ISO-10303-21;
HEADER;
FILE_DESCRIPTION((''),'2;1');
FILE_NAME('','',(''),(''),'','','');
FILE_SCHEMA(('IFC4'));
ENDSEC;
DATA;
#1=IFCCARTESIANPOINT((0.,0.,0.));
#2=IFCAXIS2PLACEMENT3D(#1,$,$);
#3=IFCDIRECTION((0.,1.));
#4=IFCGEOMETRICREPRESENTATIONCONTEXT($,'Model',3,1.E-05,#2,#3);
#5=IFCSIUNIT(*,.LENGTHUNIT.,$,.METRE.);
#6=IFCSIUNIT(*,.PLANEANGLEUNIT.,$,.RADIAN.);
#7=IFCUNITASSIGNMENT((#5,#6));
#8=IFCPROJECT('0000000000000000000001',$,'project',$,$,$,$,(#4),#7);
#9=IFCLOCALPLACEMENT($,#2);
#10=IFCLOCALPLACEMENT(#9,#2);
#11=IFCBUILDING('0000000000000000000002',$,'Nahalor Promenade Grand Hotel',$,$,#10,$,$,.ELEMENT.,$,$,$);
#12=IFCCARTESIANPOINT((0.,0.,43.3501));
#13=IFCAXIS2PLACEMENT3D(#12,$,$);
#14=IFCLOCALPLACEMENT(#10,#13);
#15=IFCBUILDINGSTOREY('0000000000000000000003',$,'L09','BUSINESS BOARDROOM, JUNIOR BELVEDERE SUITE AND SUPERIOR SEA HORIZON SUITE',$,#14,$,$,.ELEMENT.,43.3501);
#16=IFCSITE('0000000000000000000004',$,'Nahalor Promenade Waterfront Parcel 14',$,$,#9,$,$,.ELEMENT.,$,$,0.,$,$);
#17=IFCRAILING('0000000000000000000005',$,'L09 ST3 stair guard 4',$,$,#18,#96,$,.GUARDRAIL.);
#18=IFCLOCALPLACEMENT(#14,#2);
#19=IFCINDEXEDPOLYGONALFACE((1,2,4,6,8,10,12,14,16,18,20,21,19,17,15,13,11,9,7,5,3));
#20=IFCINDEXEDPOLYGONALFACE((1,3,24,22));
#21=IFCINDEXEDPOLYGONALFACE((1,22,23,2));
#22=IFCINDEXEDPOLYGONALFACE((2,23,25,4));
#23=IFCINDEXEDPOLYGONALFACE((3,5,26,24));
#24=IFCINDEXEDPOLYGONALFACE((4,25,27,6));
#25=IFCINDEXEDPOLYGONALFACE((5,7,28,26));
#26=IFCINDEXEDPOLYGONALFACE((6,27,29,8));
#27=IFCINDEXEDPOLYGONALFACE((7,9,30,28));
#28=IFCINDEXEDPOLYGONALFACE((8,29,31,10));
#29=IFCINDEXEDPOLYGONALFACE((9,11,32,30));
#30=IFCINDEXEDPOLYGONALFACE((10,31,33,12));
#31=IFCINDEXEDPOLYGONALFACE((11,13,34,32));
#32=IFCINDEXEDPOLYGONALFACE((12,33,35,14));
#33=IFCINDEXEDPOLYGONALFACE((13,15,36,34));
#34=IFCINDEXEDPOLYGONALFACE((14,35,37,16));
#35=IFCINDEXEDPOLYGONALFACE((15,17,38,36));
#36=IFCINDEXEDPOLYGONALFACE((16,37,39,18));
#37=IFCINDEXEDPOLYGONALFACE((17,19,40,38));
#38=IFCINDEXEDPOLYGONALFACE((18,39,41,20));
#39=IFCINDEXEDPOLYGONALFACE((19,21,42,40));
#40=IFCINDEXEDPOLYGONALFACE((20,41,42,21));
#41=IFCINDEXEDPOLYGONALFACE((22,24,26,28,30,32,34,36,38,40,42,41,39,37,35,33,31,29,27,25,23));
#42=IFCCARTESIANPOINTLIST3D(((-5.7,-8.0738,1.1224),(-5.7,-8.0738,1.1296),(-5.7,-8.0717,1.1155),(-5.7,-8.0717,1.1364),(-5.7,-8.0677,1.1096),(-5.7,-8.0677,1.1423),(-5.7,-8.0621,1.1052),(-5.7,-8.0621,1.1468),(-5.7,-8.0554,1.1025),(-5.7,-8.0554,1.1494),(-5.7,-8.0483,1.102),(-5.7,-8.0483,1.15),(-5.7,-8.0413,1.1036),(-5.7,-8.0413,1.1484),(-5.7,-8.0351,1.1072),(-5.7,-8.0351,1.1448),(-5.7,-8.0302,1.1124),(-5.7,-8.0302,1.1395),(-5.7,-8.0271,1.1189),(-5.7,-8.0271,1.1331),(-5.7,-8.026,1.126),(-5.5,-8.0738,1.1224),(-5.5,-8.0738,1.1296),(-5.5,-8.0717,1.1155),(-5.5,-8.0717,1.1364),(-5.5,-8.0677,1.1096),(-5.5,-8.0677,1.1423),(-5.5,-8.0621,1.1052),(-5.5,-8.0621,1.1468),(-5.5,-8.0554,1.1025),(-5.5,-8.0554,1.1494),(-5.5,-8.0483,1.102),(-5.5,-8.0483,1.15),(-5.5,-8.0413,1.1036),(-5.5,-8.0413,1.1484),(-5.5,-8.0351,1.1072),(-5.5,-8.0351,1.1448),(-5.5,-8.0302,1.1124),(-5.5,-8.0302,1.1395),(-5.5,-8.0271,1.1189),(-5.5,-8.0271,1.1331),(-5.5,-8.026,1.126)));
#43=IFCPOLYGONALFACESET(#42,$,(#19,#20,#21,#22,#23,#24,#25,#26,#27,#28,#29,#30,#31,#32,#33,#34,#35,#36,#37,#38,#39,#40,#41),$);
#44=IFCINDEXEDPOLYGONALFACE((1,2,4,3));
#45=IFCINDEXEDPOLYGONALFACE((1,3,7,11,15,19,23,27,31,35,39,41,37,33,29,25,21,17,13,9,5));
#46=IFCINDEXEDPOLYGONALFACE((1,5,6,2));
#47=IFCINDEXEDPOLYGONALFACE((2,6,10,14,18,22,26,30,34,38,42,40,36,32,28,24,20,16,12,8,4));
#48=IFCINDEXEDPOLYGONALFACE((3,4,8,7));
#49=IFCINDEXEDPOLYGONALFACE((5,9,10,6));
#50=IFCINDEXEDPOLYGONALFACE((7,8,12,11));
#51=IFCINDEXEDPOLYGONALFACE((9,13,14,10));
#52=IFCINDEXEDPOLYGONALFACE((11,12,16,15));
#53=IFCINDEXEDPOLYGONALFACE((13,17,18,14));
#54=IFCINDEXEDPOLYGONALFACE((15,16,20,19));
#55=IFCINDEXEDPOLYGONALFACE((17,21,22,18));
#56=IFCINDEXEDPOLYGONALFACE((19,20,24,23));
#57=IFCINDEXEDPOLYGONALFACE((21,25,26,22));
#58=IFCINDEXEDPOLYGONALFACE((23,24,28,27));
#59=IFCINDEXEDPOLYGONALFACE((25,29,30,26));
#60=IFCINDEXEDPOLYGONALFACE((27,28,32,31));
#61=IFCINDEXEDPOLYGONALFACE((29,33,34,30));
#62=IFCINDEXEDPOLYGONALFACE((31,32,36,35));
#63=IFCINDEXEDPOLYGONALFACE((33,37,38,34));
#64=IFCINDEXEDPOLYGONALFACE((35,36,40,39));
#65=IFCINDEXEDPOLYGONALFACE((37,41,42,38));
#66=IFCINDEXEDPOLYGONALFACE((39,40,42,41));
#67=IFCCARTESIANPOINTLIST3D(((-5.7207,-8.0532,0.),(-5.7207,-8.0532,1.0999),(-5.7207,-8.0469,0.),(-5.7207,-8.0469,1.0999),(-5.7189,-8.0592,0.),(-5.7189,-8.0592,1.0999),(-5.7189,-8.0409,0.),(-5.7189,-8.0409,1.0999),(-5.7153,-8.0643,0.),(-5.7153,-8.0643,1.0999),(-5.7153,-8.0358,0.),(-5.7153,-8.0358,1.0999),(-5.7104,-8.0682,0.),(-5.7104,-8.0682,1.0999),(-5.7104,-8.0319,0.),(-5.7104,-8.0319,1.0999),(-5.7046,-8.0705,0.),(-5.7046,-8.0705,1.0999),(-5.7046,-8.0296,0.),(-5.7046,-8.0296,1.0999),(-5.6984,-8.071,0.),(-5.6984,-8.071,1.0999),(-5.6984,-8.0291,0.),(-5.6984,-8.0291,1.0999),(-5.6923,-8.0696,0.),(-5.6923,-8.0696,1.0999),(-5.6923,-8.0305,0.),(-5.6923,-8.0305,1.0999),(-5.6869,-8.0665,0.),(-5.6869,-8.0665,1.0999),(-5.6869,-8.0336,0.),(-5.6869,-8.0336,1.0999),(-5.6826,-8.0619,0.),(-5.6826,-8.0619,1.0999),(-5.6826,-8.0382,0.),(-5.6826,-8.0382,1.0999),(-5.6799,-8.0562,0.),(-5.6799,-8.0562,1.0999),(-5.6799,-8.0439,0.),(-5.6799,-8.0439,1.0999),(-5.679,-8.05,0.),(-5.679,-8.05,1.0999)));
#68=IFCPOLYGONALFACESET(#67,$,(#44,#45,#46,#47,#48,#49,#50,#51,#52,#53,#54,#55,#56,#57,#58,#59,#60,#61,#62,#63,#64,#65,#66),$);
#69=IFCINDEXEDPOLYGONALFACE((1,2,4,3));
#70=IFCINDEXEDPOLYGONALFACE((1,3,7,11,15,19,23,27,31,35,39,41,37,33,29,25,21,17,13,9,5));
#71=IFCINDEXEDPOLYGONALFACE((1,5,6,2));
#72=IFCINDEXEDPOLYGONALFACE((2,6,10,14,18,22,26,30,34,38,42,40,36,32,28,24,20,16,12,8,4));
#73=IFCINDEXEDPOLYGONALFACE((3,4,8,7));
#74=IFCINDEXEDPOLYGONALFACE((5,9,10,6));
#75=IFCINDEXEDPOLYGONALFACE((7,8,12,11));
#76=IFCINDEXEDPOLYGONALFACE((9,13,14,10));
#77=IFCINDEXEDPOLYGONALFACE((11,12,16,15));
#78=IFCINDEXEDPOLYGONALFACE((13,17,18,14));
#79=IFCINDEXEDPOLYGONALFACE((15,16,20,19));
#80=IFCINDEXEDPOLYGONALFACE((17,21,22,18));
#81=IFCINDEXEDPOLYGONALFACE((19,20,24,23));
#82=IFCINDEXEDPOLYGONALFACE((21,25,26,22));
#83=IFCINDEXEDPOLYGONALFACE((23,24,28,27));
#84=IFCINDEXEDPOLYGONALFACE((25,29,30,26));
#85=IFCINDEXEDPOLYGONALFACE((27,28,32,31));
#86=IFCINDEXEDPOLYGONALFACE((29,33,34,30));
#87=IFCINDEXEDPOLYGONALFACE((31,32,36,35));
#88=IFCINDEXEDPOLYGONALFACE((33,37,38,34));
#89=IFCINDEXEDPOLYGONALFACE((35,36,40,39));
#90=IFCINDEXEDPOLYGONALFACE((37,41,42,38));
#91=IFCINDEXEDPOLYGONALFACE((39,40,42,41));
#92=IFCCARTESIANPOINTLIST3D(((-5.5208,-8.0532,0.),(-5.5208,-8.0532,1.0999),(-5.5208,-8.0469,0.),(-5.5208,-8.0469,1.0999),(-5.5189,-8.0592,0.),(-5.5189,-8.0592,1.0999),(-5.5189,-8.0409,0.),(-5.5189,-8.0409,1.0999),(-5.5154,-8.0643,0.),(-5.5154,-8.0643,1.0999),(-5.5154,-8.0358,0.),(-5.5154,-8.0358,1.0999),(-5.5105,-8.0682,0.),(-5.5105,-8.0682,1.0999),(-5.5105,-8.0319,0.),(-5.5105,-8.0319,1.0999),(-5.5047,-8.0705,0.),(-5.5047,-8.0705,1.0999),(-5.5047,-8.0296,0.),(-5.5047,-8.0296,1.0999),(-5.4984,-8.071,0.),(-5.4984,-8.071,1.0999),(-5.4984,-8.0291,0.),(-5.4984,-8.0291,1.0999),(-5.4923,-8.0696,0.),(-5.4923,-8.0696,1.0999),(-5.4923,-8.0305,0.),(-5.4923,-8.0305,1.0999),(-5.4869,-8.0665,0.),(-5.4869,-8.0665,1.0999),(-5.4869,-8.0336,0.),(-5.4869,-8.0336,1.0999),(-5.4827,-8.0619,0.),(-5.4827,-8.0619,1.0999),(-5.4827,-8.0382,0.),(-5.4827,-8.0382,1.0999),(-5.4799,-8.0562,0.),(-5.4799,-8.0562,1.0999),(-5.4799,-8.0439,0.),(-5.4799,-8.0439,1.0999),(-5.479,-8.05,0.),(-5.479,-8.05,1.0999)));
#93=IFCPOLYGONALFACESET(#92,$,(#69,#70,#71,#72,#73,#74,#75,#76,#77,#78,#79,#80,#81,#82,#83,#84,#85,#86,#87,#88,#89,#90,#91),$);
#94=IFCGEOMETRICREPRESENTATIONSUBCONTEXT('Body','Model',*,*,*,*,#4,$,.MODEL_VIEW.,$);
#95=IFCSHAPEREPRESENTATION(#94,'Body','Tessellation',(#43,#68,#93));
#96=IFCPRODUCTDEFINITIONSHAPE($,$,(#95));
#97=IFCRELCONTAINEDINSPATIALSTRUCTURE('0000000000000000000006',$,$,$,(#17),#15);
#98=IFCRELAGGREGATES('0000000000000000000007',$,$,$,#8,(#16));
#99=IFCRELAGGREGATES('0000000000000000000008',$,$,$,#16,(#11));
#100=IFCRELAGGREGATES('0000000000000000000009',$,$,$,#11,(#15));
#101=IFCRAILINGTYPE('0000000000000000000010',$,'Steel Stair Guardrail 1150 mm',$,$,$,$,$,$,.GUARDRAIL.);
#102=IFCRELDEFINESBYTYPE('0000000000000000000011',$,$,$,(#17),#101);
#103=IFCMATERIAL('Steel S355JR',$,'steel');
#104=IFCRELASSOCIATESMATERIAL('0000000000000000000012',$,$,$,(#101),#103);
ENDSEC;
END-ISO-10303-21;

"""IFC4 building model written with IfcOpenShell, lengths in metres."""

from ifc_helpers import new_model, si_unit, direction, frame, origin, origin_2d, place, context, subcontext, project, spatial, circle, extrude, material, type_object, element, save


model = new_model("IFC4")

# Units and contexts
model_context = context("Model", 3, precision=1e-05, world=origin(), true_north=direction((0.0, 1.0)))
body_context = subcontext(model_context, "Body", "Model", "MODEL_VIEW")
ifc_project = project(units=[si_unit("LENGTHUNIT", "METRE"), si_unit("PLANEANGLEUNIT", "RADIAN")], contexts=[model_context])

# Site, building, storey
site_placement = place(None, origin())
site = spatial("IfcSite", under=ifc_project, at=site_placement, Name="Nahalor Promenade Waterfront Parcel 14", CompositionType="ELEMENT", RefElevation=0.0)
building_placement = place(site_placement, origin())
building = spatial("IfcBuilding", under=site, at=building_placement, Name="Nahalor Promenade Grand Hotel", CompositionType="ELEMENT")
storey_placement = place(building_placement, frame((0.0, 0.0, 43.3501)))
storey = spatial("IfcBuildingStorey", under=building, at=storey_placement, Name="L09", Description="BUSINESS BOARDROOM, JUNIOR BELVEDERE SUITE AND SUPERIOR SEA HORIZON SUITE", CompositionType="ELEMENT", Elevation=43.3501)

# Shared definitions
ifc_material_1 = material(Name="Steel S355JR", Category="steel")

# Railing
railing_type_1 = type_object("IfcRailingType", Name="Steel Stair Guardrail 1150 mm", PredefinedType="GUARDRAIL", material=ifc_material_1)
railing_1_placement = place(storey_placement, frame((-5.7, -8.05, 0.0)))
element("IfcRailing", 1, at=railing_1_placement, inside=storey, type_object=railing_type_1, Name="L09 ST3 stair guard 4", PredefinedType="GUARDRAIL", context=body_context, shape_type="SweptSolid", body=[
    extrude(circle(Radius=0.024, at=origin_2d()), frame((0.0, 0.0, 1.126), z_axis=(1.0, 0.0, 0.0), x_axis=(0.0, 1.0, 0.0)), (0.0, 0.0, 1.0), 0.2),
    extrude(circle(Radius=0.021, at=origin_2d()), origin(), (0.0, 0.0, 1.0), 1.0999),
    extrude(circle(Radius=0.021, at=origin_2d()), frame((0.2, 0.0, 0.0)), (0.0, 0.0, 1.0), 1.0999),
])

save(model, "model.ifc")
